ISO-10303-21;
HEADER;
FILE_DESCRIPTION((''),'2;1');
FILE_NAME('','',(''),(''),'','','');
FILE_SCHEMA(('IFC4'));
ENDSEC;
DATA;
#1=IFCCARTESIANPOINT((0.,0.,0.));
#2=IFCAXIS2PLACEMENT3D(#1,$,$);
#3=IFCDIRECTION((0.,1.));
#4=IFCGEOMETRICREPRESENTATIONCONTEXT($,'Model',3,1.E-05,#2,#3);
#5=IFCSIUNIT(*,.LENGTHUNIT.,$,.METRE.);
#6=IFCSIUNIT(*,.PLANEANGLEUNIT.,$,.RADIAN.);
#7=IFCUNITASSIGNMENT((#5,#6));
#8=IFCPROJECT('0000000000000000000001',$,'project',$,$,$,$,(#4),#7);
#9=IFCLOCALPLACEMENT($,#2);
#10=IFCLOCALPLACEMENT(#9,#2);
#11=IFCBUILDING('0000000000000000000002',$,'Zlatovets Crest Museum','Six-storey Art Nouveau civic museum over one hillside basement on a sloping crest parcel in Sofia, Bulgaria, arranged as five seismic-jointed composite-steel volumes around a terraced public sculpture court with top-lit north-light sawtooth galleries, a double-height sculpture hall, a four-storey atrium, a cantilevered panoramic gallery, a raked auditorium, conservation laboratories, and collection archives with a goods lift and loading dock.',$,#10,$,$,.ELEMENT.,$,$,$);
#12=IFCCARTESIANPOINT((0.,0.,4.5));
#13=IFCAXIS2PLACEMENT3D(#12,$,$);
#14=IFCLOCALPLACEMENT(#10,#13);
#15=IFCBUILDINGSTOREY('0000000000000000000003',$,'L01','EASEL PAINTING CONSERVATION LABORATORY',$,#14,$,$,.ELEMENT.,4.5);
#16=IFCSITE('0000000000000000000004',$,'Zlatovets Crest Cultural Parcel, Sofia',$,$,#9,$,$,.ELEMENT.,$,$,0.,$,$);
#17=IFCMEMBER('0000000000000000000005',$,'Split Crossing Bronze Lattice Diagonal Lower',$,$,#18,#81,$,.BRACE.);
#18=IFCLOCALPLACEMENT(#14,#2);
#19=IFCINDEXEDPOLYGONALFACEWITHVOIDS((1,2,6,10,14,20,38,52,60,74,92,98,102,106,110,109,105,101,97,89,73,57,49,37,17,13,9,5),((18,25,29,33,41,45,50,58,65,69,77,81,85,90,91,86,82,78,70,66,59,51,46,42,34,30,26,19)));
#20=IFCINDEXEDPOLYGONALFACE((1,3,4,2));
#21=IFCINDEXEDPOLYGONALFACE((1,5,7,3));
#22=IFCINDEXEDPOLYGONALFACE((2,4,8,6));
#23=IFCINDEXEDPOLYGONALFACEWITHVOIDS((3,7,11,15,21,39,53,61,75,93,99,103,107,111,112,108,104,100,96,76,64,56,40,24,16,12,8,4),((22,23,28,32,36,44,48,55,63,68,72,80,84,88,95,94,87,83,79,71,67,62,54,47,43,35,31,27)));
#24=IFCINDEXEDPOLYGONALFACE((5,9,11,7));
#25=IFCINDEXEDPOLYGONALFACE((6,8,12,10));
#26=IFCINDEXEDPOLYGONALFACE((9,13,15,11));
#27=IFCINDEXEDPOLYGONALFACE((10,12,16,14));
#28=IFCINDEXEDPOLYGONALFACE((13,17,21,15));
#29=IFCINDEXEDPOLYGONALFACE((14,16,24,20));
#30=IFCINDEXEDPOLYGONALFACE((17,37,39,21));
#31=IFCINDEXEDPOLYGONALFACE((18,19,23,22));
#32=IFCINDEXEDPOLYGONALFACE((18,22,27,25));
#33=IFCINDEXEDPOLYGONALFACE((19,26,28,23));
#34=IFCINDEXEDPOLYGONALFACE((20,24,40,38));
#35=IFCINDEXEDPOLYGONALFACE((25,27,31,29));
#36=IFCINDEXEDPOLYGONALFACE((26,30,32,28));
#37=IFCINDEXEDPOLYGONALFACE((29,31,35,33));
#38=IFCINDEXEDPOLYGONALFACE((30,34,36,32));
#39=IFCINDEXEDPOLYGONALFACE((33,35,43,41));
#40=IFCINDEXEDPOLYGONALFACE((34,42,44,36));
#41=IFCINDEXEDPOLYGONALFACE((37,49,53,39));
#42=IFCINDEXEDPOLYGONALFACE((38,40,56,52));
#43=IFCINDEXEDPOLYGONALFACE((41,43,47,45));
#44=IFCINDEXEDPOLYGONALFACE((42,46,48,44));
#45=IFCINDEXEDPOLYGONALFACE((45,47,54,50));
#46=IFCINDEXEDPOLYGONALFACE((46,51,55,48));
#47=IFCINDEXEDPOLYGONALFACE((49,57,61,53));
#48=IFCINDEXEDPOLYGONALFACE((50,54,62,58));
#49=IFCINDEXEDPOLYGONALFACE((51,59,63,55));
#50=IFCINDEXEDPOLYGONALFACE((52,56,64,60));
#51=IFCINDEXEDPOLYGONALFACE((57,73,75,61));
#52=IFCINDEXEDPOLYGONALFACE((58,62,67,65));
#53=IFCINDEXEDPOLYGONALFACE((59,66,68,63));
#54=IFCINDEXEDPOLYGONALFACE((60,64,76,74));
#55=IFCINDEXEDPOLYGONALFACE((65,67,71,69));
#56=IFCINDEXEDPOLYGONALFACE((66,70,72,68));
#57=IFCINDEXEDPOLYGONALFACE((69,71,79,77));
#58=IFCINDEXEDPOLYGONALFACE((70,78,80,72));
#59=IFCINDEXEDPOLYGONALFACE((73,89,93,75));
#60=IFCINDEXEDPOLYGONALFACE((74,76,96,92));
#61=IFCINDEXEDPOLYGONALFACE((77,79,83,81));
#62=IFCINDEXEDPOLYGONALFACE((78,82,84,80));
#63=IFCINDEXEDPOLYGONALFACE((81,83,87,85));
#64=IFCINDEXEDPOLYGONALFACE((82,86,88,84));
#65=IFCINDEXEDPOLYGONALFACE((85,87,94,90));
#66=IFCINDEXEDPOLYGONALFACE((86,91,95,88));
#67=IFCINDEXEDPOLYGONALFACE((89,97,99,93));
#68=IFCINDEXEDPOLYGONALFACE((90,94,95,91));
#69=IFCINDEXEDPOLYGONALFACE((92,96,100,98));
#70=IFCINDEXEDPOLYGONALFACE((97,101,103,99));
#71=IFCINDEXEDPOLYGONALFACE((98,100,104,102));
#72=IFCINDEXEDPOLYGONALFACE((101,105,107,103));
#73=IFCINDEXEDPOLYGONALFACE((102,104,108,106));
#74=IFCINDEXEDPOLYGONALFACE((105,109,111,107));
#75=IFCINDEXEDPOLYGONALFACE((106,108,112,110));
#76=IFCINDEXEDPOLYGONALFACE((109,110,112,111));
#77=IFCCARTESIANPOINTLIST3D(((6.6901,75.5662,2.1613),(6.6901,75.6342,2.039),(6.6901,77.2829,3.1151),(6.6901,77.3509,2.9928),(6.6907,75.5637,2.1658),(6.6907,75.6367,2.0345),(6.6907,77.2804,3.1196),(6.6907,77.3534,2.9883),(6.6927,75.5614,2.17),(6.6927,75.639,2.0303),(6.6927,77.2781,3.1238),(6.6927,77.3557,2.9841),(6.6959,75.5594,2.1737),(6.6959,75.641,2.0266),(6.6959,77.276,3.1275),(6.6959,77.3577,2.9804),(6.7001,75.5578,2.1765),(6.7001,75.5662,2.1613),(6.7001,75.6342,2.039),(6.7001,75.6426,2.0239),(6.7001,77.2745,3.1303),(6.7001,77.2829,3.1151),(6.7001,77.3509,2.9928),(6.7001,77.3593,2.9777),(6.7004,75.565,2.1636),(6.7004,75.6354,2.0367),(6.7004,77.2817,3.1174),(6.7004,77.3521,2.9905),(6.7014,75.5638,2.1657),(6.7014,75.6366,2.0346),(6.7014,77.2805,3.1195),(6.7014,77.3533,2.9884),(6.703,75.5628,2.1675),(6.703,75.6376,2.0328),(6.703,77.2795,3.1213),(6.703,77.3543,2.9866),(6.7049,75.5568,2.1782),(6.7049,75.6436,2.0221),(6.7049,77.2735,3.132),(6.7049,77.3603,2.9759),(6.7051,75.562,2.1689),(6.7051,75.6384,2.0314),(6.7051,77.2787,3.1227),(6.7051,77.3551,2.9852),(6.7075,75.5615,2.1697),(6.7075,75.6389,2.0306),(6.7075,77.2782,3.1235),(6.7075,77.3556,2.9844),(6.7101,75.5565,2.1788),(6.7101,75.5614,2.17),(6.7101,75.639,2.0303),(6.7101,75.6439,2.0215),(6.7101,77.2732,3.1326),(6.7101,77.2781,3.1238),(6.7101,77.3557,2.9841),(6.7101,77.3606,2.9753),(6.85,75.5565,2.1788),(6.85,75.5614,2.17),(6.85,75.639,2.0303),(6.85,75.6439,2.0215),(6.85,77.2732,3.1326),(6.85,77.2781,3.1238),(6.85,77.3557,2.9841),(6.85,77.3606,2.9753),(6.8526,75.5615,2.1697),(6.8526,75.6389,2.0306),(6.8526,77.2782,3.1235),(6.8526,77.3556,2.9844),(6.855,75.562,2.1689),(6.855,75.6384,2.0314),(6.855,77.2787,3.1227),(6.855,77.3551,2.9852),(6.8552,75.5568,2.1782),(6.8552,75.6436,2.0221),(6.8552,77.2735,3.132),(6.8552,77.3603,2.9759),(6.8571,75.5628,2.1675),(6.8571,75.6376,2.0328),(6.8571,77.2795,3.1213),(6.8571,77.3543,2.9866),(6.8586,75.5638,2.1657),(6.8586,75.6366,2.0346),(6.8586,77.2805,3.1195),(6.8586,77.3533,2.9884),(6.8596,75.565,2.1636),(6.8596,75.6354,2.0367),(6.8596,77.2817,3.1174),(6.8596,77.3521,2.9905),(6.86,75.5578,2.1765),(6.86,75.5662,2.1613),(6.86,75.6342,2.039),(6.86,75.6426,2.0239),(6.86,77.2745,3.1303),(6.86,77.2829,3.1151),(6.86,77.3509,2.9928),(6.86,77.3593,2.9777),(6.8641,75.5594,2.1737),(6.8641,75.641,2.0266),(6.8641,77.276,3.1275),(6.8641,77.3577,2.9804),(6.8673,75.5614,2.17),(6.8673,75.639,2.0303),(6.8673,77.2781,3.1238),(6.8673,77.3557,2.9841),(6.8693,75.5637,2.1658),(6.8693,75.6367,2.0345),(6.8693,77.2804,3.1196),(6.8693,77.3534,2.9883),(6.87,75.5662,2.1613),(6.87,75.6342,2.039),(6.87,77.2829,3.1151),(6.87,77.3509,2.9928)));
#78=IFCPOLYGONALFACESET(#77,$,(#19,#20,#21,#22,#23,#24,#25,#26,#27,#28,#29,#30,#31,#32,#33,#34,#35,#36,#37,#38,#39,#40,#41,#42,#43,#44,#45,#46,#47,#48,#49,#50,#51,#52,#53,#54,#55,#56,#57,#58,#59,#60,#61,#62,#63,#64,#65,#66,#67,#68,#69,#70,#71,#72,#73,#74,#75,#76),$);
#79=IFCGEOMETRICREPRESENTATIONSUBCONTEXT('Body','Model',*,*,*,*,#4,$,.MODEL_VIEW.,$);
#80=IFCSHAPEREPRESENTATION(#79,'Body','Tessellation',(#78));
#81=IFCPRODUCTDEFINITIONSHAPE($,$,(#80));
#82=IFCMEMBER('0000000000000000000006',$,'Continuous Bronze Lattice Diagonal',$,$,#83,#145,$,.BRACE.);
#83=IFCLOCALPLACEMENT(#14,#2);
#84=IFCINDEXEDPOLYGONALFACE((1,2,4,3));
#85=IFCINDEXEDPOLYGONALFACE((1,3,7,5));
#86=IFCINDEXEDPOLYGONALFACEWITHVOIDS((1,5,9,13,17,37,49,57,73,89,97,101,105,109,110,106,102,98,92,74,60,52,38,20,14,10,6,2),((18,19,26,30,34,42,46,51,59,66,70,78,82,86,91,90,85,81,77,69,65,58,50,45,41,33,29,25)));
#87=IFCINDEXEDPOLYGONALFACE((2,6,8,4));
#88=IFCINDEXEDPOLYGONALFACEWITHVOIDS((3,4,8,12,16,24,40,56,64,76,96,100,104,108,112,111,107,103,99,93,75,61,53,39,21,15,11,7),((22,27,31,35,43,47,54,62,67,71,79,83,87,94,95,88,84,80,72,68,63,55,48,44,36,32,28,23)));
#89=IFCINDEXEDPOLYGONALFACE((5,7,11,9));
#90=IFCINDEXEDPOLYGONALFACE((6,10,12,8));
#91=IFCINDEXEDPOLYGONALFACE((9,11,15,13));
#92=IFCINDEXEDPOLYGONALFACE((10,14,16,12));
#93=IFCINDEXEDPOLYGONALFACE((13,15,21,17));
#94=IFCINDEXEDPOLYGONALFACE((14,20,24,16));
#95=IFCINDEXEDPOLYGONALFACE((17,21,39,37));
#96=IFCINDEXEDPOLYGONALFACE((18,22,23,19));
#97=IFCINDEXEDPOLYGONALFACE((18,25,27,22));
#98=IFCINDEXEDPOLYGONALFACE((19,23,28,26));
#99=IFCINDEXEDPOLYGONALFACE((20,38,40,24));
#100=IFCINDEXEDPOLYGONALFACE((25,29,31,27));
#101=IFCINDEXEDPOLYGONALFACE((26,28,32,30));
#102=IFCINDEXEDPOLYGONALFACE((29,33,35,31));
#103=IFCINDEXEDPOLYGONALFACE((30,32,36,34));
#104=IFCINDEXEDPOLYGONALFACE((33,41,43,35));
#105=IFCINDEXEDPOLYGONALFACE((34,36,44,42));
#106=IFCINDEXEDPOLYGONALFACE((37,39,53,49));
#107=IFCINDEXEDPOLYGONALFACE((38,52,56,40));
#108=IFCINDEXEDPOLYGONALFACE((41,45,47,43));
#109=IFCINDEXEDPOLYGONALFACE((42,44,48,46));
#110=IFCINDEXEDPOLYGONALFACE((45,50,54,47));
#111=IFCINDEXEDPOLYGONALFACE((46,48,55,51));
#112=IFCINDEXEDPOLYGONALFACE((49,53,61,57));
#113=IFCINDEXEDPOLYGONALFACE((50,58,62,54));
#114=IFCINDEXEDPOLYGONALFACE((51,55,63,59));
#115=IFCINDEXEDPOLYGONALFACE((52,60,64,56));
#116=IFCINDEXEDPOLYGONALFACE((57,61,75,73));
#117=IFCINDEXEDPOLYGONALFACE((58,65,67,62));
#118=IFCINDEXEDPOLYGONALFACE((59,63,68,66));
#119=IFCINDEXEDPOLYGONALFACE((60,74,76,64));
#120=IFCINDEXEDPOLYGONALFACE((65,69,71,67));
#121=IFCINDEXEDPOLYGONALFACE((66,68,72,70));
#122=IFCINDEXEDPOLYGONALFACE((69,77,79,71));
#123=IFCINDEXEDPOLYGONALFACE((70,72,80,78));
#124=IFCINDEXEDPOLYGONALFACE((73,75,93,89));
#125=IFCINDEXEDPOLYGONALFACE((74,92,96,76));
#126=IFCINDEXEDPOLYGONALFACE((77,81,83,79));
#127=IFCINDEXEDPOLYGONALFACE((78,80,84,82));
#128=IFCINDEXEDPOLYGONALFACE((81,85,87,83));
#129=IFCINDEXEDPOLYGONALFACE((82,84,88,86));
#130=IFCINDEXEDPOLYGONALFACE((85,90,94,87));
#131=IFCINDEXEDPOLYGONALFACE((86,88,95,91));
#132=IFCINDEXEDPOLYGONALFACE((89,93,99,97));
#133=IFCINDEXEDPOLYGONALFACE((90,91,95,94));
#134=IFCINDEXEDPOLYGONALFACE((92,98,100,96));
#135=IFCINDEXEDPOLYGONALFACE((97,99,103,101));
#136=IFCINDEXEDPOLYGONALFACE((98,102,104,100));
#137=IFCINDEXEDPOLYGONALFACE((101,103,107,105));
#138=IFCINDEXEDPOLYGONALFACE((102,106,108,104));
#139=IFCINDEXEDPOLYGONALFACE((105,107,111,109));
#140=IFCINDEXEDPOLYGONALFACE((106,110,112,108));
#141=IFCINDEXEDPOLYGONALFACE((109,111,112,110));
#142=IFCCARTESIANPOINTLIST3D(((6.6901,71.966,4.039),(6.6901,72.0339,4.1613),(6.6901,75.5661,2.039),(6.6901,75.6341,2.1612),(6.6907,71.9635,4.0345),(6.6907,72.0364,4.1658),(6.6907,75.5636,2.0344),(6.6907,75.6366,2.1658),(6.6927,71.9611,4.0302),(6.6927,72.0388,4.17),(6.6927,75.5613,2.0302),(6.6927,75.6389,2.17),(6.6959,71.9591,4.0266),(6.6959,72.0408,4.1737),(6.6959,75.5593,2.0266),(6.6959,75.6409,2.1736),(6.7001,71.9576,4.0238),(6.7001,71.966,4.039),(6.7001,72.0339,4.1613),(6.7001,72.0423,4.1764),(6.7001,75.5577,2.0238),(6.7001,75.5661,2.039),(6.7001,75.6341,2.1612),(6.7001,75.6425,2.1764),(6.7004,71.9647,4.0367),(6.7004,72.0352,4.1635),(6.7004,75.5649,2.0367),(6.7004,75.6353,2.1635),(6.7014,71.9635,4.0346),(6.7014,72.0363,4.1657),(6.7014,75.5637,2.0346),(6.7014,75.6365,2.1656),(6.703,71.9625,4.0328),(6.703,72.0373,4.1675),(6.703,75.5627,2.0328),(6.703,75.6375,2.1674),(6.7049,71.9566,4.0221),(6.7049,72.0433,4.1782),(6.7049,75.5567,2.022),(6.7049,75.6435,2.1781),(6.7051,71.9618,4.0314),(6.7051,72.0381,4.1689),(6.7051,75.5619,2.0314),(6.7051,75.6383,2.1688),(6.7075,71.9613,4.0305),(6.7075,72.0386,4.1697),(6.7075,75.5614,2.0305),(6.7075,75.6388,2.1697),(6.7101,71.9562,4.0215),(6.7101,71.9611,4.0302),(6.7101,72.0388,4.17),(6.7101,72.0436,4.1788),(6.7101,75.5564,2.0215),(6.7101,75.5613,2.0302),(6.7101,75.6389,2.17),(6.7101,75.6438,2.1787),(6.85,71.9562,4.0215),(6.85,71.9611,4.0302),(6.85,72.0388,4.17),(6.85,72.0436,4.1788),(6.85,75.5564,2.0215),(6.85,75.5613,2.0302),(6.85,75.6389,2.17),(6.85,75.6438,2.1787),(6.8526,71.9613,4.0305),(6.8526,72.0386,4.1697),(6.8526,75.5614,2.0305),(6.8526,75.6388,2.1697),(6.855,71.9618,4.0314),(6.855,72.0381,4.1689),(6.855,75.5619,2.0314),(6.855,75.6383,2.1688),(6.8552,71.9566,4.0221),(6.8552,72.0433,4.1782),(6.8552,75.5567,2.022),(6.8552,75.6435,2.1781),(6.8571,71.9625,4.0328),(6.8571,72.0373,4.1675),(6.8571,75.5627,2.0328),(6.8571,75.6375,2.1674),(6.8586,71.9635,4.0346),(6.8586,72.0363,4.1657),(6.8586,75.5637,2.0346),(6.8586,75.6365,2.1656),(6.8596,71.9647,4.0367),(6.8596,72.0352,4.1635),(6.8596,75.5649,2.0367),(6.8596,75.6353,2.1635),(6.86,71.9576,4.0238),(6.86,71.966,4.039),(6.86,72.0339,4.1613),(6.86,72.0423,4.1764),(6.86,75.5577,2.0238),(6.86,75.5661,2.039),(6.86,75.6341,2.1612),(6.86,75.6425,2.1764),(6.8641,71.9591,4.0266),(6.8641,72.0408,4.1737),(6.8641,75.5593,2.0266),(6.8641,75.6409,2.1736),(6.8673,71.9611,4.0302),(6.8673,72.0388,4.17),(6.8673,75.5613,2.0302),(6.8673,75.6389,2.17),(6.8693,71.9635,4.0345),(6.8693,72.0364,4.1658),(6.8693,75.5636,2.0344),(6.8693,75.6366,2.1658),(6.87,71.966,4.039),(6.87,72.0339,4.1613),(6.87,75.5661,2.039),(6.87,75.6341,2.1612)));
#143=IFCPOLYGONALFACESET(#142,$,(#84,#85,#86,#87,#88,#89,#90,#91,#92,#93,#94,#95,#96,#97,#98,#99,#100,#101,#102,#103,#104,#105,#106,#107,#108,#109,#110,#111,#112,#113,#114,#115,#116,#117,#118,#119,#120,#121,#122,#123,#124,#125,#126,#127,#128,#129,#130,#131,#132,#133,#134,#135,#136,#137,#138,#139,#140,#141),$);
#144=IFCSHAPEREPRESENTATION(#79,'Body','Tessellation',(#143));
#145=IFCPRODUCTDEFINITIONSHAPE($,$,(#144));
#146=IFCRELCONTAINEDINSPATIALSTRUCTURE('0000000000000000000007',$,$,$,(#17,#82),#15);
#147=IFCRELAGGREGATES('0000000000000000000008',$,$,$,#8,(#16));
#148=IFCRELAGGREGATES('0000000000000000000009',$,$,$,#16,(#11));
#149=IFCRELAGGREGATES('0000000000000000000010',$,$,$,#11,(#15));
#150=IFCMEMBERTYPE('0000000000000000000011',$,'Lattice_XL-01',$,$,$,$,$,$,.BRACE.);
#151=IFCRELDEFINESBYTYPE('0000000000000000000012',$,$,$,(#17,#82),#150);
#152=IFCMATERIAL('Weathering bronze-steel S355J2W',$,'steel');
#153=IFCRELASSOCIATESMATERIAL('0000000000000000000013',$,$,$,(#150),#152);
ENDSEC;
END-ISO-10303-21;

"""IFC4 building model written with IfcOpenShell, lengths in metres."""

from ifc_helpers import new_model, si_unit, direction, frame, origin, origin_2d, place, context, subcontext, project, spatial, hollow_rectangle, extrude, material, material_profile, profile_set, type_object, element, save


model = new_model("IFC4")

# Units and contexts
model_context = context("Model", 3, precision=1e-05, world=origin(), true_north=direction((0.0, 1.0)))
body_context = subcontext(model_context, "Body", "Model", "MODEL_VIEW")
ifc_project = project(units=[si_unit("LENGTHUNIT", "METRE"), si_unit("PLANEANGLEUNIT", "RADIAN")], contexts=[model_context])

# Site, building, storey
site_placement = place(None, origin())
site = spatial("IfcSite", under=ifc_project, at=site_placement, Name="Zlatovets Crest Cultural Parcel, Sofia", CompositionType="ELEMENT", RefElevation=0.0)
building_placement = place(site_placement, origin())
building = spatial("IfcBuilding", under=site, at=building_placement, Name="Zlatovets Crest Museum", Description="Six-storey Art Nouveau civic museum over one hillside basement on a sloping crest parcel in Sofia, Bulgaria, arranged as five seismic-jointed composite-steel volumes around a terraced public sculpture court with top-lit north-light sawtooth galleries, a double-height sculpture hall, a four-storey atrium, a cantilevered panoramic gallery, a raked auditorium, conservation laboratories, and collection archives with a goods lift and loading dock.", CompositionType="ELEMENT")
storey_placement = place(building_placement, frame((0.0, 0.0, 4.5)))
storey = spatial("IfcBuildingStorey", under=building, at=storey_placement, Name="L01", Description="EASEL PAINTING CONSERVATION LABORATORY", CompositionType="ELEMENT", Elevation=4.5)

# Members
ifc_material_1 = material(Name="Weathering bronze-steel S355J2W", Category="steel")
ifc_material_profile_1 = material_profile(ifc_material_1, hollow_rectangle(XDim=0.1799, YDim=0.1799, WallThickness=0.01, InnerFilletRadius=0.01, OuterFilletRadius=0.02, at=origin_2d()), Name="SHS 180x180x10.0")
ifc_profile_set_1 = profile_set([ifc_material_profile_1], Name="Weathering bronze-steel S355J2W")
member_type_1 = type_object("IfcMemberType", Name="Lattice_XL-01", PredefinedType="BRACE", material=ifc_profile_set_1)
member_1_placement = place(storey_placement, frame((6.78, 77.3169, 3.054), z_axis=(0.0, -0.87414, -0.485675), x_axis=(1.0, 0.0, 0.0)))
element("IfcMember", 1, at=member_1_placement, inside=storey, type_object=member_type_1, Name="Split Crossing Bronze Lattice Diagonal Lower", PredefinedType="BRACE", context=body_context, shape_type="SweptSolid", body=[
    extrude(hollow_rectangle(XDim=0.1799, YDim=0.1799, WallThickness=0.01, InnerFilletRadius=0.01, OuterFilletRadius=0.02, at=origin_2d()), origin(), (0.0, 0.0, 1.0), 1.9639),
])
member_2_placement = place(storey_placement, frame((6.78, 75.6001, 2.1001), z_axis=(0.0, -0.874163, 0.485633), x_axis=(1.0, 0.0, 0.0)))
element("IfcMember", 2, at=member_2_placement, inside=storey, type_object=member_type_1, Name="Continuous Bronze Lattice Diagonal", PredefinedType="BRACE", context=body_context, shape_type="SweptSolid", body=[
    extrude(hollow_rectangle(XDim=0.1799, YDim=0.1799, WallThickness=0.01, InnerFilletRadius=0.01, OuterFilletRadius=0.02, at=origin_2d()), origin(), (0.0, 0.0, 1.0), 4.1184),
])

save(model, "model.ifc")
